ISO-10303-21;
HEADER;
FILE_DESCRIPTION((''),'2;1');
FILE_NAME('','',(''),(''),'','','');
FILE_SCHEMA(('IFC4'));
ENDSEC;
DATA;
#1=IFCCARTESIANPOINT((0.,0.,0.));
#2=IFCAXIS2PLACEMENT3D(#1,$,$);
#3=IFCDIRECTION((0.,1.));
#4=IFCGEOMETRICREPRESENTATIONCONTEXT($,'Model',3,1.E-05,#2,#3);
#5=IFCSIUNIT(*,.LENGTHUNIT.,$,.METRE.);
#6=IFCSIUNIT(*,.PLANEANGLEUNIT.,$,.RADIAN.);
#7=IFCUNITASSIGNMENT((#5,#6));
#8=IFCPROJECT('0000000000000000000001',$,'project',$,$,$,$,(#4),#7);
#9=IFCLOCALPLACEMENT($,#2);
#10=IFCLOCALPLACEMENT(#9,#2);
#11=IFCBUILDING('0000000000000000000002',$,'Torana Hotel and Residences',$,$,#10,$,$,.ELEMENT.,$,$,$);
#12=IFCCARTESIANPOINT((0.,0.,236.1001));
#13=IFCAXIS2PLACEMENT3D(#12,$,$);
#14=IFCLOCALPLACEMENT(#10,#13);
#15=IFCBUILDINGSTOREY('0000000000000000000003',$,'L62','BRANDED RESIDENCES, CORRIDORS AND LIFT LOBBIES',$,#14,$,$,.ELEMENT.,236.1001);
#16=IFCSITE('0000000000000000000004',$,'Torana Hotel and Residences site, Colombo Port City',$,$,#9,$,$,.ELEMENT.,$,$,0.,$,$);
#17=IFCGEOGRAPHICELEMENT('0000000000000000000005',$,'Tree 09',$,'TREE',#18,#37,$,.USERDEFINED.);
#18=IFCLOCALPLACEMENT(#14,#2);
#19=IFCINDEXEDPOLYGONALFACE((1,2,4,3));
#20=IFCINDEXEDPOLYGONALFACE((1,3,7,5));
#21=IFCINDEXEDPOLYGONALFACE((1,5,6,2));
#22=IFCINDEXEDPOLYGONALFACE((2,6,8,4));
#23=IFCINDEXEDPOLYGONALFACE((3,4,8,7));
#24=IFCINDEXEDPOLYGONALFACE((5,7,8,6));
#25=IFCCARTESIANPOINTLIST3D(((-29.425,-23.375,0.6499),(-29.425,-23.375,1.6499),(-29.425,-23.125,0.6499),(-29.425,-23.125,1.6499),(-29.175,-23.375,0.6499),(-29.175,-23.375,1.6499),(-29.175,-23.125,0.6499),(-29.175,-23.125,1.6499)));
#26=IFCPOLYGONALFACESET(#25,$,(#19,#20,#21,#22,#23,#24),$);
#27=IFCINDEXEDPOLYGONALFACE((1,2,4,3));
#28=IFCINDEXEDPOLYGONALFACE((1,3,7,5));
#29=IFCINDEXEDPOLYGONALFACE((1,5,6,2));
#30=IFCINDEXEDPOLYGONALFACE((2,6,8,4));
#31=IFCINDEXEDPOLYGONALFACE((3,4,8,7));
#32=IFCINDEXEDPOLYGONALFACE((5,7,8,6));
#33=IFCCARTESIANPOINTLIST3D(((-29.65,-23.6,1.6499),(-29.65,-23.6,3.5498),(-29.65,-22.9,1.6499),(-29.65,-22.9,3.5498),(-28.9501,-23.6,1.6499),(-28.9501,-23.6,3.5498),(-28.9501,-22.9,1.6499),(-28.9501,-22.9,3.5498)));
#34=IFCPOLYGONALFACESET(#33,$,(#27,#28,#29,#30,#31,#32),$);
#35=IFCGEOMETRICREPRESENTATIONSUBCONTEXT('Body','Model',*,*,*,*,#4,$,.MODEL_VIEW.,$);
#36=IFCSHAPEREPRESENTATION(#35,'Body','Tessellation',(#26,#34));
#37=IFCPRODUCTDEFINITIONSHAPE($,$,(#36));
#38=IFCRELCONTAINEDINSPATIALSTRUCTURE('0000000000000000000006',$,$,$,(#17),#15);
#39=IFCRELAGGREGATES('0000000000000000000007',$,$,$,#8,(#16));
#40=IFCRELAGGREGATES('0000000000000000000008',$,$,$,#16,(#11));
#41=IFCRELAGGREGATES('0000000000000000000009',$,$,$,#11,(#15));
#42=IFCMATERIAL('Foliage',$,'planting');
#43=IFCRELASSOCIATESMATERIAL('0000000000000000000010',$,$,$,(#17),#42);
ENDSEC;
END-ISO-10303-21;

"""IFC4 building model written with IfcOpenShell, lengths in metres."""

from ifc_helpers import new_model, si_unit, direction, frame, origin, origin_2d, place, context, subcontext, project, spatial, rectangle, extrude, material, element, save


model = new_model("IFC4")

# Units and contexts
model_context = context("Model", 3, precision=1e-05, world=origin(), true_north=direction((0.0, 1.0)))
body_context = subcontext(model_context, "Body", "Model", "MODEL_VIEW")
ifc_project = project(units=[si_unit("LENGTHUNIT", "METRE"), si_unit("PLANEANGLEUNIT", "RADIAN")], contexts=[model_context])

# Site, building, storey
site_placement = place(None, origin())
site = spatial("IfcSite", under=ifc_project, at=site_placement, Name="Torana Hotel and Residences site, Colombo Port City", CompositionType="ELEMENT", RefElevation=0.0)
building_placement = place(site_placement, origin())
building = spatial("IfcBuilding", under=site, at=building_placement, Name="Torana Hotel and Residences", CompositionType="ELEMENT")
storey_placement = place(building_placement, frame((0.0, 0.0, 236.1001)))
storey = spatial("IfcBuildingStorey", under=building, at=storey_placement, Name="L62", Description="BRANDED RESIDENCES, CORRIDORS AND LIFT LOBBIES", CompositionType="ELEMENT", Elevation=236.1001)

# Geographic element
ifc_material_1 = material(Name="Foliage", Category="planting")
geographic_element_placement = place(storey_placement, frame((-29.3, -23.25, 0.6499), z_axis=(0.0, 0.0, 1.0), x_axis=(1.0, 0.0, 0.0)))
element("IfcGeographicElement", 1, at=geographic_element_placement, inside=storey, material=ifc_material_1, Name="Tree 09", ObjectType="TREE", PredefinedType="USERDEFINED", context=body_context, shape_type="SweptSolid", body=[
    extrude(rectangle(XDim=0.25, YDim=0.25, at=origin_2d()), origin(), (0.0, 0.0, 1.0), 1.0),
    extrude(rectangle(XDim=0.7, YDim=0.7, at=origin_2d()), frame((0.0, 0.0, 1.0)), (0.0, 0.0, 1.0), 1.8999),
])

save(model, "model.ifc")
